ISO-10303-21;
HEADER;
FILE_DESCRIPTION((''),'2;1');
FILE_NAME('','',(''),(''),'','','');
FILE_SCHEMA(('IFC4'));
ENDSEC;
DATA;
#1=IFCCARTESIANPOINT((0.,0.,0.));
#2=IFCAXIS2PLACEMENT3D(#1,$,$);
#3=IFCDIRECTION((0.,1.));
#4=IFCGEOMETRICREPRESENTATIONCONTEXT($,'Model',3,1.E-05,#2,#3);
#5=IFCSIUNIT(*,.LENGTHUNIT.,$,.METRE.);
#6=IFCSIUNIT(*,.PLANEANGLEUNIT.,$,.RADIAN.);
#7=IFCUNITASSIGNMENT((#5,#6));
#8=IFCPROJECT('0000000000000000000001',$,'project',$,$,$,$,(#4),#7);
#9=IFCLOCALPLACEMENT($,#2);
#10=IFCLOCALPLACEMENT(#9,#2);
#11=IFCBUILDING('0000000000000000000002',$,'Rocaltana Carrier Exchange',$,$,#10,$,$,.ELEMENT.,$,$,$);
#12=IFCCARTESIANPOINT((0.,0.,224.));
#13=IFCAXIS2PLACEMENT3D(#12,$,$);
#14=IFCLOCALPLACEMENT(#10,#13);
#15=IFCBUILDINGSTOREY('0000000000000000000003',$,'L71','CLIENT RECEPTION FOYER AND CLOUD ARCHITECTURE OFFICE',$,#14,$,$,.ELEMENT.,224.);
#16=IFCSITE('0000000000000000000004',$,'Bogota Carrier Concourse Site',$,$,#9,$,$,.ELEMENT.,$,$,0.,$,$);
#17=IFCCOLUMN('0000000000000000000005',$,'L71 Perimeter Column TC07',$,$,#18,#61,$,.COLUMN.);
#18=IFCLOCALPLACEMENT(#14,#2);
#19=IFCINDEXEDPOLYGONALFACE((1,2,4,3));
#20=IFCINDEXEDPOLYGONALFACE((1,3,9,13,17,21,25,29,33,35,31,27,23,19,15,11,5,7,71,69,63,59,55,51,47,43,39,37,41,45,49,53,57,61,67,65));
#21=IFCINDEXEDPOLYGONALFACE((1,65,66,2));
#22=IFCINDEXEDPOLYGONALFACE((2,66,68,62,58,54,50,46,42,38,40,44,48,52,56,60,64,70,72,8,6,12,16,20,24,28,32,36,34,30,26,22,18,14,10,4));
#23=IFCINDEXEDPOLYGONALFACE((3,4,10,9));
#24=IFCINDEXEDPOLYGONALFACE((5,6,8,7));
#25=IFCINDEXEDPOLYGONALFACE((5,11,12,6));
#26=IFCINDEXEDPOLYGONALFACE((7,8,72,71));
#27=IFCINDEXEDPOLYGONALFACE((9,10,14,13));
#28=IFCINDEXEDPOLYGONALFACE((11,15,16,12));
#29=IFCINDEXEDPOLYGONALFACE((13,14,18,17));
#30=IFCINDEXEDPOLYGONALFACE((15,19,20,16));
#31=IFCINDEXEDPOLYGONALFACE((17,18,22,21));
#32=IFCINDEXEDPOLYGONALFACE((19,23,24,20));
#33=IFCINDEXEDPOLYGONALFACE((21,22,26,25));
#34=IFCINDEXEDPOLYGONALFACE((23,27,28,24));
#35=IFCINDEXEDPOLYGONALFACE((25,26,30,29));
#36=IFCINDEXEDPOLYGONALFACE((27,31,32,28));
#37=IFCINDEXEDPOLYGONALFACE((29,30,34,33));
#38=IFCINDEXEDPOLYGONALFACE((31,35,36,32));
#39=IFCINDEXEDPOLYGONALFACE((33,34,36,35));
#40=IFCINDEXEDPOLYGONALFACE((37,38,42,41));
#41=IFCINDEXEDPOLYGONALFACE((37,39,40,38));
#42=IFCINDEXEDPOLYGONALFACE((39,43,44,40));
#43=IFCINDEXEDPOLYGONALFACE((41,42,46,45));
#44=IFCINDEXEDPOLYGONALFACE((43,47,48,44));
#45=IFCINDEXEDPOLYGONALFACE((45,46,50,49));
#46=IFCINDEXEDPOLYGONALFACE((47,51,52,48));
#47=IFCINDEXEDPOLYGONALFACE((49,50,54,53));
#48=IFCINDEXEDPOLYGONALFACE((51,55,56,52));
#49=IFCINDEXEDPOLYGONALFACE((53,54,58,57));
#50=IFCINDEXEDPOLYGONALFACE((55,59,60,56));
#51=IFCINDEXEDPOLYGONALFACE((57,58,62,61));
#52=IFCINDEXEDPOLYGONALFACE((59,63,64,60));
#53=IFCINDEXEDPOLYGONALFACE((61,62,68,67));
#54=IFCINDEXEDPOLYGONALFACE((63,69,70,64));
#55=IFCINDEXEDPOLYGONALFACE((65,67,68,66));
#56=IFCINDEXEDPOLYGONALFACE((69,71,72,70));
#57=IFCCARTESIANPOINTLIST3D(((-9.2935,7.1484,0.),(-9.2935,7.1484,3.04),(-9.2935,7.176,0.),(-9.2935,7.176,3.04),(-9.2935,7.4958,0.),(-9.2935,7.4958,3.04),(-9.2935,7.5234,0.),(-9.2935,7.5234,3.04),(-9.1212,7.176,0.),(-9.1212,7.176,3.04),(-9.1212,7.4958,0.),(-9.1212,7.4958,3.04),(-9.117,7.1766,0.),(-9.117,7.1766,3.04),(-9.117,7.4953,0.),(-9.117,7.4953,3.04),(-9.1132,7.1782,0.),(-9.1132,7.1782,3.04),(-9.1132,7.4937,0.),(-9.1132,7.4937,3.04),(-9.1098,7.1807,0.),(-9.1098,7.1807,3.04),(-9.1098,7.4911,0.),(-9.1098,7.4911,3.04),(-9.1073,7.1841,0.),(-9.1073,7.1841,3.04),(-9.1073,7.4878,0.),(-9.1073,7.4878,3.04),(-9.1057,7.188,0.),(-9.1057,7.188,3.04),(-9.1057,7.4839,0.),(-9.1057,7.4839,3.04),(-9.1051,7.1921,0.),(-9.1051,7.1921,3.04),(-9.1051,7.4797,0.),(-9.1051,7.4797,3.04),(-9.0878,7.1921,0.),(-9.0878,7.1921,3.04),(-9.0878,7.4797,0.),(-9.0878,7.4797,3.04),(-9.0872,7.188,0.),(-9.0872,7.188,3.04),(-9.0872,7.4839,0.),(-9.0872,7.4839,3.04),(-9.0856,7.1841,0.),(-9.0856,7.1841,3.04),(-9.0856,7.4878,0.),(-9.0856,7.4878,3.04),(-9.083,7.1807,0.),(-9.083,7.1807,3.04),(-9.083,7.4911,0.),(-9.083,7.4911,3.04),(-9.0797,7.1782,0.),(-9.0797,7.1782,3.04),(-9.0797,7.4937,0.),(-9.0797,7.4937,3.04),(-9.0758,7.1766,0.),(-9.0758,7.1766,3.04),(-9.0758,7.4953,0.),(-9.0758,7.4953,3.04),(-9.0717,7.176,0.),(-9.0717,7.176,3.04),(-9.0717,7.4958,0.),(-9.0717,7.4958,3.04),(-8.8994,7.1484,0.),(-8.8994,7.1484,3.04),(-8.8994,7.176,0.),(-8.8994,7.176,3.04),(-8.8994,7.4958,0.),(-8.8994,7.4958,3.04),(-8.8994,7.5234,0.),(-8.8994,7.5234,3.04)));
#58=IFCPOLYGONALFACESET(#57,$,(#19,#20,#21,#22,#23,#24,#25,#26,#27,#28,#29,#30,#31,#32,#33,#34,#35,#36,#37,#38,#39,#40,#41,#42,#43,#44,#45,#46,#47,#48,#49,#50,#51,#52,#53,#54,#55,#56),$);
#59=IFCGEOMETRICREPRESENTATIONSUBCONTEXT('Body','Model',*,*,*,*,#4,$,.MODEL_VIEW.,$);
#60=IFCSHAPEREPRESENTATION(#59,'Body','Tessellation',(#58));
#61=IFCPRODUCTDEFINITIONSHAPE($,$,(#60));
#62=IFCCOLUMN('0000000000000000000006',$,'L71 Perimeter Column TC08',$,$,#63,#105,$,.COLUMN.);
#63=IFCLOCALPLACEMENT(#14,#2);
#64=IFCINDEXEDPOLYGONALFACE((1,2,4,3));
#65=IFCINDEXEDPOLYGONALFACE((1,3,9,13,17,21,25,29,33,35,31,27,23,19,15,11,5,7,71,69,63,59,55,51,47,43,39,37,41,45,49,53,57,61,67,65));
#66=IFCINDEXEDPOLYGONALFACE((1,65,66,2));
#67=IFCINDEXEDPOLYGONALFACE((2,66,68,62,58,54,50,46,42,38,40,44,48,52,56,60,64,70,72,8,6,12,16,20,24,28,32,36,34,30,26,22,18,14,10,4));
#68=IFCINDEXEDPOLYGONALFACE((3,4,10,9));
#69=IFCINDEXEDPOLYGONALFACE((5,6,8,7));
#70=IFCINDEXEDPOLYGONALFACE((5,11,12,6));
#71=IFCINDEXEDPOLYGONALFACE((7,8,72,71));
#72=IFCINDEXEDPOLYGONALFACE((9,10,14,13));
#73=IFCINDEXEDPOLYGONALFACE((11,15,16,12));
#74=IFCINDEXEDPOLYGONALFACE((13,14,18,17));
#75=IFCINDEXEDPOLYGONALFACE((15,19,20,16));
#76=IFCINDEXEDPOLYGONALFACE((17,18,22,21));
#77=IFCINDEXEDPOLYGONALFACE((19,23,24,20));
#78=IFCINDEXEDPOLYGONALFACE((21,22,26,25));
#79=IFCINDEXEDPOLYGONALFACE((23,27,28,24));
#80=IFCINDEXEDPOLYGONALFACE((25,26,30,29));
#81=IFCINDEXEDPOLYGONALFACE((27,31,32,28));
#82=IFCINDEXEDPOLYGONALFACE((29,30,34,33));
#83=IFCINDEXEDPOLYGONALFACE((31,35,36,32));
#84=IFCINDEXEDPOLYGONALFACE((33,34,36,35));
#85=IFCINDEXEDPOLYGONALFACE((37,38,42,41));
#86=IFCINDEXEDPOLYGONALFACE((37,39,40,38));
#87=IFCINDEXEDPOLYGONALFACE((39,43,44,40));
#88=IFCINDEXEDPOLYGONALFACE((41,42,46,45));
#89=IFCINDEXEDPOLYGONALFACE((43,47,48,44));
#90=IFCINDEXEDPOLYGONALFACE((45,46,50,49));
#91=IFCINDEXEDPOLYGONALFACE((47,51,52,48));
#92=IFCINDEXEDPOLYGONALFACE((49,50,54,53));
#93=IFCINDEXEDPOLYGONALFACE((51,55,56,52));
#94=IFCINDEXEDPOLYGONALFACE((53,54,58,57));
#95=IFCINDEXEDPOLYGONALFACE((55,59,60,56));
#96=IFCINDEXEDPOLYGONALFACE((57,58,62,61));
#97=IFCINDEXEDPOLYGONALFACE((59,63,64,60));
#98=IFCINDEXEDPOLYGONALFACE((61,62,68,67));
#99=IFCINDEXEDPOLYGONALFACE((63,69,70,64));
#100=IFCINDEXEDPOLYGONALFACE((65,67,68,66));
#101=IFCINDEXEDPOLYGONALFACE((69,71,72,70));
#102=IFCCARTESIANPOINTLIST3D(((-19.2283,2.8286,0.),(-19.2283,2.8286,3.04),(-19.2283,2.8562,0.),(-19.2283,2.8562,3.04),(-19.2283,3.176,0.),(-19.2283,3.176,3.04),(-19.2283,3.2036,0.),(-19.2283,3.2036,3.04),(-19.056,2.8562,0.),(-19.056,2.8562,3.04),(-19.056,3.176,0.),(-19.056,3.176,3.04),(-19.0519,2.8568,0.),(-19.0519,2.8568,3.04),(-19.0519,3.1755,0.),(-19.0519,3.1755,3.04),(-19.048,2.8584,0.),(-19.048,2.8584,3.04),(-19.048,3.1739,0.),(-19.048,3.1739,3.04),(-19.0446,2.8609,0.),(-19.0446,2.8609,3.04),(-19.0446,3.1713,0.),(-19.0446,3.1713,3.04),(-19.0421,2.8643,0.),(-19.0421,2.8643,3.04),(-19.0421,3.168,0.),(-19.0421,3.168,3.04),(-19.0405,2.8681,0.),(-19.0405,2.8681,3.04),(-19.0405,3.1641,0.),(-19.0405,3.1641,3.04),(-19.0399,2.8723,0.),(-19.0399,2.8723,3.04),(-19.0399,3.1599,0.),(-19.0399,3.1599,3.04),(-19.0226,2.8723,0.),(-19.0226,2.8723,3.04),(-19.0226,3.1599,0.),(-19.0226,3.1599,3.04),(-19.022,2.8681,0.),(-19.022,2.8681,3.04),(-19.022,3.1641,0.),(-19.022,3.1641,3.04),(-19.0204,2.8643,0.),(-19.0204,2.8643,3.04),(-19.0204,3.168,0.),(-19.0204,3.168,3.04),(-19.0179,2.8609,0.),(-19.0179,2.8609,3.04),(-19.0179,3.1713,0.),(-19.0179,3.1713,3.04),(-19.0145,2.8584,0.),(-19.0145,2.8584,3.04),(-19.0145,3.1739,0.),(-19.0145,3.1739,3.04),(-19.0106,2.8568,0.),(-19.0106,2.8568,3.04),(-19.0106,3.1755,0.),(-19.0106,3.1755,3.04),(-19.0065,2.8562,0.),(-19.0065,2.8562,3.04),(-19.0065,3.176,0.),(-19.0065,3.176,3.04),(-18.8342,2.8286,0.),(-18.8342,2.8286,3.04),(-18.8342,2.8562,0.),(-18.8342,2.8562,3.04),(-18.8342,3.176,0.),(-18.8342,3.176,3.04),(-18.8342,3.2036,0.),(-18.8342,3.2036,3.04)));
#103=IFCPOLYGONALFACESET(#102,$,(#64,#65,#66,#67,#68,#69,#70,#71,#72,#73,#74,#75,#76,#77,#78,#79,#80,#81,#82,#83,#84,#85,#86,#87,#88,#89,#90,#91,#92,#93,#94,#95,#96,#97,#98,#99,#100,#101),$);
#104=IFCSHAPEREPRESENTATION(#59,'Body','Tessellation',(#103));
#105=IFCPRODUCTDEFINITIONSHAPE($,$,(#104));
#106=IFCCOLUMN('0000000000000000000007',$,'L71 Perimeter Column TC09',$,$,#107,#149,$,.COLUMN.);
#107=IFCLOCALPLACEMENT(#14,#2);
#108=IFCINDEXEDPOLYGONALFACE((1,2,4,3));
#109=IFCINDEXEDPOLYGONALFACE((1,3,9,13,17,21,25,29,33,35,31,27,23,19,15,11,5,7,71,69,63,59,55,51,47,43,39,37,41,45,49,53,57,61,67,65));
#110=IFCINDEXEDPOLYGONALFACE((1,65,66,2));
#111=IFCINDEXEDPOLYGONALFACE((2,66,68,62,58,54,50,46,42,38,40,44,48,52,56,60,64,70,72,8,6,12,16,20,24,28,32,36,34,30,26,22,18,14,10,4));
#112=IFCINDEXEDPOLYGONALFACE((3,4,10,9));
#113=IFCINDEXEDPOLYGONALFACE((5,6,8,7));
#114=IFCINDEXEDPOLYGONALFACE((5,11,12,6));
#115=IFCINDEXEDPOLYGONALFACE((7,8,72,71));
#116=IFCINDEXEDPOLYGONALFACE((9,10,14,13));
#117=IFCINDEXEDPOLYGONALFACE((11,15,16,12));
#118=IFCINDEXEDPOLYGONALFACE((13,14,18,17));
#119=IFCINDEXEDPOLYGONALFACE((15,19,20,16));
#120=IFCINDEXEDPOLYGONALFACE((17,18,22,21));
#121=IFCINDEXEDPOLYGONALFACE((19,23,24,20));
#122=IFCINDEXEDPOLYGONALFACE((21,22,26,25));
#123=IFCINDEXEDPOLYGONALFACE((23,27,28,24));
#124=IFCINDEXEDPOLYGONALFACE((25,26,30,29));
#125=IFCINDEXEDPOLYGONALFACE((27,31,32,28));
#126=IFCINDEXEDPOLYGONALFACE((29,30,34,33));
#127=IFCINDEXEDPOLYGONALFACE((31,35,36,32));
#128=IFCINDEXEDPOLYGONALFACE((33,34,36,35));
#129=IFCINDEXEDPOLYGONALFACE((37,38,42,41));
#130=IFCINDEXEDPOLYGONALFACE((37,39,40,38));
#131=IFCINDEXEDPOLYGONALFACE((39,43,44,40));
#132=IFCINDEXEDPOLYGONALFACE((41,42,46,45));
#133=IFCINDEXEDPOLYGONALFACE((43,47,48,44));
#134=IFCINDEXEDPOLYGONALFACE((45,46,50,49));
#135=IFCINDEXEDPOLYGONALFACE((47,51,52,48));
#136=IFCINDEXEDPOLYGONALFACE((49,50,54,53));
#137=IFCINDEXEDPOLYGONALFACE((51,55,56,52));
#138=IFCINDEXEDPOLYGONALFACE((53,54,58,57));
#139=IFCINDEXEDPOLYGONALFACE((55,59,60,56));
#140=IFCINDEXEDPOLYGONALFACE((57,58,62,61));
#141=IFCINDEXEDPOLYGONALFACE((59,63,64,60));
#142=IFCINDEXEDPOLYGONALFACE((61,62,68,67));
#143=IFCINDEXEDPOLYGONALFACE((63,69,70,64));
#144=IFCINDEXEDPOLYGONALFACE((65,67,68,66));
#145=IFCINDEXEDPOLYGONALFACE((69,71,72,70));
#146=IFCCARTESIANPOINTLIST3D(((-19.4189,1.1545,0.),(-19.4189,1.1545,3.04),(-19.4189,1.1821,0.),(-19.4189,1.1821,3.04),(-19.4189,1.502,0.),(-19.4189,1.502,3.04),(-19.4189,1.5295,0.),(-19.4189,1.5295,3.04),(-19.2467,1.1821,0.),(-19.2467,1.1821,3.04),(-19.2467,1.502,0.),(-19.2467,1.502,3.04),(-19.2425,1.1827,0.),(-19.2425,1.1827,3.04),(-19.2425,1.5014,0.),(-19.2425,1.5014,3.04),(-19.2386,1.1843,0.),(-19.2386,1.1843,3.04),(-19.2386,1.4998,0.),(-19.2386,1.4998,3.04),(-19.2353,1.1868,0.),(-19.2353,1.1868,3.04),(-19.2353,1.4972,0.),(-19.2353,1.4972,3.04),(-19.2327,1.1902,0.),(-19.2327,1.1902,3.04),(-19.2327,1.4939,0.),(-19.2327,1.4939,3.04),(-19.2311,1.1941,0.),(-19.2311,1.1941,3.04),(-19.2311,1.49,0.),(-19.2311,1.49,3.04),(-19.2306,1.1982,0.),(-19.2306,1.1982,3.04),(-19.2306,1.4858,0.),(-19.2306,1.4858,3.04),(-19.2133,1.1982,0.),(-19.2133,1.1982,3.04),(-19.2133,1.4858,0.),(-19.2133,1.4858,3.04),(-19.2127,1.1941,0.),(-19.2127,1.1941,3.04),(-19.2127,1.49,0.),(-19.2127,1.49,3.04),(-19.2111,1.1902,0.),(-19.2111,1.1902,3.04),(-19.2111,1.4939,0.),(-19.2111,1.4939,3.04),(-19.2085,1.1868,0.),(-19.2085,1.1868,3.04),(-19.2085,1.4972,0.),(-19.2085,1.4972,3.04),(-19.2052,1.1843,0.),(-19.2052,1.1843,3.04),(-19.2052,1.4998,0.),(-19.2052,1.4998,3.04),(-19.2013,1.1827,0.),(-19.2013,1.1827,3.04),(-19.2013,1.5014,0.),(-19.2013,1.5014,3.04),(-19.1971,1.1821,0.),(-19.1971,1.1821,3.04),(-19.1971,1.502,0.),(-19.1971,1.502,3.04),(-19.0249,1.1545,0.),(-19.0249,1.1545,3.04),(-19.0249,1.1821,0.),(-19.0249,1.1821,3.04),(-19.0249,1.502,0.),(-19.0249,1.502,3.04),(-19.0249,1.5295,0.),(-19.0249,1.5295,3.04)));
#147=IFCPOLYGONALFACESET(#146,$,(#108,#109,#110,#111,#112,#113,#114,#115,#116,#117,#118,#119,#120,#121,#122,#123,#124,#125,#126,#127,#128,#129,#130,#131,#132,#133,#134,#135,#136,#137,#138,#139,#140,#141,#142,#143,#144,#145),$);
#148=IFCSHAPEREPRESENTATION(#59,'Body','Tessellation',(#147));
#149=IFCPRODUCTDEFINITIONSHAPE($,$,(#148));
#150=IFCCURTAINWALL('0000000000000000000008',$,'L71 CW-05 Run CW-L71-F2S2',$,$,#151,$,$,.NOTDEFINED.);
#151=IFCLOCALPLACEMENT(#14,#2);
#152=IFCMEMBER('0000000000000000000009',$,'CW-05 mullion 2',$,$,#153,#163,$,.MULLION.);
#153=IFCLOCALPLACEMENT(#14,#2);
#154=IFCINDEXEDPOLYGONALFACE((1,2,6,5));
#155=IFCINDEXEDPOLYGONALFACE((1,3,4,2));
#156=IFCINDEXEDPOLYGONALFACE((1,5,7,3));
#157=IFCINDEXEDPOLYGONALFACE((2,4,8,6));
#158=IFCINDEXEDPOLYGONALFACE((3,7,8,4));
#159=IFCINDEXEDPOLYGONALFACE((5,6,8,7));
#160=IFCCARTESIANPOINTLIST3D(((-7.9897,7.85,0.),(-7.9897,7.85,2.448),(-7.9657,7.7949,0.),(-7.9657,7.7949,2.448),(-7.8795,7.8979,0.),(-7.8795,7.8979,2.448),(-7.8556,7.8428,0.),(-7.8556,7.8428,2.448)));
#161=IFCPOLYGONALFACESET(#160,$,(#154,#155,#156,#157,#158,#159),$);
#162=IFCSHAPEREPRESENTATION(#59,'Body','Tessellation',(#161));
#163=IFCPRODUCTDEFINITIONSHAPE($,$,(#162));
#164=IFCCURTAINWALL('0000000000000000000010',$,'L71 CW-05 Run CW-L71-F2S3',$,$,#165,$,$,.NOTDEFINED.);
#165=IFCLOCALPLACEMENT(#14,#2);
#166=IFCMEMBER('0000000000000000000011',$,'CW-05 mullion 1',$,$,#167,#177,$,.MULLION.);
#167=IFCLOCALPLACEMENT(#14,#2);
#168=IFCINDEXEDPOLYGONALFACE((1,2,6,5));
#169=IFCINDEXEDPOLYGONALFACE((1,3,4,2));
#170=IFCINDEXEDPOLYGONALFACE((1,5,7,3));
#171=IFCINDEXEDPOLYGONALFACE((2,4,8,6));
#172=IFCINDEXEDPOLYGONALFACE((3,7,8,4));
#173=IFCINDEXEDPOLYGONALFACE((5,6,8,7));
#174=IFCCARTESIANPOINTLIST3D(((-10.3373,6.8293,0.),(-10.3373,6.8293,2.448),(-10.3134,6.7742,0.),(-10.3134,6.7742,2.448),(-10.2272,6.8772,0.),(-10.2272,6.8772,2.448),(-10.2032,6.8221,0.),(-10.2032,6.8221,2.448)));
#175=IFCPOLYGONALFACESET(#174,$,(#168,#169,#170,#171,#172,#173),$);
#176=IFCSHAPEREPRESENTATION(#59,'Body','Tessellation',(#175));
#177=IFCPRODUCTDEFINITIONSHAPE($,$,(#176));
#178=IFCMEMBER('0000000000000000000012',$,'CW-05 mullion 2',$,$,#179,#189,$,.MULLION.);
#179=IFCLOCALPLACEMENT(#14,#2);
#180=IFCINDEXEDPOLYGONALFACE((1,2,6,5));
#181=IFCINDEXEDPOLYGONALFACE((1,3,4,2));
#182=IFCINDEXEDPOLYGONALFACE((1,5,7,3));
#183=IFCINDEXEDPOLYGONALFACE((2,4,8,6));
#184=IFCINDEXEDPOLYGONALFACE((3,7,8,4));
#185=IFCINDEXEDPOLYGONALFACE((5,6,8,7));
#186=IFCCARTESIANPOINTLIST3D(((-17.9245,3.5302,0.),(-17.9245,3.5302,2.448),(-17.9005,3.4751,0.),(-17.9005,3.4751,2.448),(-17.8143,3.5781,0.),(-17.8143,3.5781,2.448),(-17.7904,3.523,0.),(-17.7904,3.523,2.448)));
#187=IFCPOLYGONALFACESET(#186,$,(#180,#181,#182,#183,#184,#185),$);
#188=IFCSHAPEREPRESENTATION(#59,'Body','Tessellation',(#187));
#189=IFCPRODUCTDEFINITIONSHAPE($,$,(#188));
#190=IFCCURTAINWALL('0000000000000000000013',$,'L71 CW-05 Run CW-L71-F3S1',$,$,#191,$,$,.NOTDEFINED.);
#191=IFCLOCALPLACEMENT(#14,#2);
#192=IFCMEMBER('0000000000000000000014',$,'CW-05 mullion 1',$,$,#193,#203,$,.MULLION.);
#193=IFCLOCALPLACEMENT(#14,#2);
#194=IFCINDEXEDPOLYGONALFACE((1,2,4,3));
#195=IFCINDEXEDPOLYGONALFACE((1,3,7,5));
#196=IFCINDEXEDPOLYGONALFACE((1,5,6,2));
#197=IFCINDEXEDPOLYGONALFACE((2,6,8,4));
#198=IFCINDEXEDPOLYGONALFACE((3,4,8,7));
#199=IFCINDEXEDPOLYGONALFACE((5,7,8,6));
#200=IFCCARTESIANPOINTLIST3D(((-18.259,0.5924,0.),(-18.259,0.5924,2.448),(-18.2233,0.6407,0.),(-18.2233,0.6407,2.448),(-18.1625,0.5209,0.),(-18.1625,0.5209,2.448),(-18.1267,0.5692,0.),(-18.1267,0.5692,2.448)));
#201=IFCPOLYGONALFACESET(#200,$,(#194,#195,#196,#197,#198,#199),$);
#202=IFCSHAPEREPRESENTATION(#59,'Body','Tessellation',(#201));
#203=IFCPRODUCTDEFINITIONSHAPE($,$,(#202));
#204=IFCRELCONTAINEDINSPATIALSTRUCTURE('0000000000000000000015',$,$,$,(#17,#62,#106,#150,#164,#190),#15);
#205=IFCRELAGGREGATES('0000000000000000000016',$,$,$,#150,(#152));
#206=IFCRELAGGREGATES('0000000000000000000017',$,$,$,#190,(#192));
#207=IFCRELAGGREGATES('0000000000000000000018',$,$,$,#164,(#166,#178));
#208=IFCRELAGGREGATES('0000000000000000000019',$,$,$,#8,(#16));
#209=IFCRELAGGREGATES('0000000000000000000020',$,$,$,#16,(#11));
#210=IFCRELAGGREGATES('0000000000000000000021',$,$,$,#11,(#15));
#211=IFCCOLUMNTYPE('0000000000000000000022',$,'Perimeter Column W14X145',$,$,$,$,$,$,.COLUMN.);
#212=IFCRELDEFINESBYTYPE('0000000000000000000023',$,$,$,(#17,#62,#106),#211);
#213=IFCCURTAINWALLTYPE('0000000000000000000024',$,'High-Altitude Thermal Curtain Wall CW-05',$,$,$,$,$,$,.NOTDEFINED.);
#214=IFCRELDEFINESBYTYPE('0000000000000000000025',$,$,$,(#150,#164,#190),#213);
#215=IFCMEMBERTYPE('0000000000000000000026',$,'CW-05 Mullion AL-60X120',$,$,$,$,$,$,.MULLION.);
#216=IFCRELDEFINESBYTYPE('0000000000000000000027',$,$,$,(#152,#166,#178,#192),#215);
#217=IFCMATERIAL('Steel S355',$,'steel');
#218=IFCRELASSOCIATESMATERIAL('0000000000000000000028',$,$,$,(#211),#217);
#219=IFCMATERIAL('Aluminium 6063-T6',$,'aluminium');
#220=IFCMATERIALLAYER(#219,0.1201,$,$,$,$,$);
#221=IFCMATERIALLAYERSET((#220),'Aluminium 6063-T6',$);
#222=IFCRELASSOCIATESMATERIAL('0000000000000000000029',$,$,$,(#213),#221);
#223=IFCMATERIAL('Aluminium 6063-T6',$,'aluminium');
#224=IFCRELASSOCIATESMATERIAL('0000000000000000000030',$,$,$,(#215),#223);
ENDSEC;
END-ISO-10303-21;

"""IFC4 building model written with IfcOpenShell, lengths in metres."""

from ifc_helpers import new_model, si_unit, direction, frame, origin, origin_2d, place, context, subcontext, project, spatial, rectangle, i_section, extrude, material, layer, layer_set, material_profile, profile_set, type_object, element, aggregate, save


model = new_model("IFC4")

# Units and contexts
model_context = context("Model", 3, precision=1e-05, world=origin(), true_north=direction((0.0, 1.0)))
body_context = subcontext(model_context, "Body", "Model", "MODEL_VIEW")
ifc_project = project(units=[si_unit("LENGTHUNIT", "METRE"), si_unit("PLANEANGLEUNIT", "RADIAN")], contexts=[model_context])

# Site, building, storey
site_placement = place(None, origin())
site = spatial("IfcSite", under=ifc_project, at=site_placement, Name="Bogota Carrier Concourse Site", CompositionType="ELEMENT", RefElevation=0.0)
building_placement = place(site_placement, origin())
building = spatial("IfcBuilding", under=site, at=building_placement, Name="Rocaltana Carrier Exchange", CompositionType="ELEMENT")
storey_placement = place(building_placement, frame((0.0, 0.0, 224.0)))
storey = spatial("IfcBuildingStorey", under=building, at=storey_placement, Name="L71", Description="CLIENT RECEPTION FOYER AND CLOUD ARCHITECTURE OFFICE", CompositionType="ELEMENT", Elevation=224.0)

# Columns
ifc_material_1 = material(Name="Steel S355", Category="steel")
ifc_material_profile_1 = material_profile(ifc_material_1, i_section(OverallWidth=0.394, OverallDepth=0.375, WebThickness=0.0173, FlangeThickness=0.0276, FilletRadius=0.0161, at=origin_2d()), Name="W14X145")
ifc_profile_set_1 = profile_set([ifc_material_profile_1], Name="Steel S355")
column_type = type_object("IfcColumnType", Name="Perimeter Column W14X145", PredefinedType="COLUMN", material=ifc_profile_set_1)
for number, where, z_axis, x_axis, name in (
    (1, (-9.0964, 7.3359, 0.0), (0.0, 0.0, 1.0), (1.0, 0.0, 0.0), "L71 Perimeter Column TC07"),
    (2, (-19.0312, 3.0161, 0.0), (0.0, 0.0, 1.0), (1.0, 0.0, 0.0), "L71 Perimeter Column TC08"),
    (3, (-19.2219, 1.342, 0.0), (0.0, 0.0, 1.0), (1.0, 0.0, 0.0), "L71 Perimeter Column TC09"),
):
    element("IfcColumn", number, at=place(storey_placement, frame(where, z_axis=z_axis, x_axis=x_axis)), inside=storey, type_object=column_type, Name=name, PredefinedType="COLUMN", context=body_context, shape_type="SweptSolid", body=[
        extrude(i_section(OverallWidth=0.394, OverallDepth=0.375, WebThickness=0.0173, FlangeThickness=0.0276, FilletRadius=0.0161, at=origin_2d()), origin(), (0.0, 0.0, 1.0), 3.04),
    ])

# Curtain wall, member
ifc_material_2 = material(Name="Aluminium 6063-T6", Category="aluminium")
ifc_layer_1 = layer(ifc_material_2, 0.1201)
ifc_layer_set_1 = layer_set([ifc_layer_1], Name="Aluminium 6063-T6")
curtain_wall_type = type_object("IfcCurtainWallType", Name="High-Altitude Thermal Curtain Wall CW-05", PredefinedType="NOTDEFINED", material=ifc_layer_set_1)
curtain_wall_1_placement = place(storey_placement, origin())
curtain_wall_1 = element("IfcCurtainWall", 4, at=curtain_wall_1_placement, inside=storey, type_object=curtain_wall_type, Name="L71 CW-05 Run CW-L71-F2S2", PredefinedType="NOTDEFINED")
ifc_material_3 = material(Name="Aluminium 6063-T6", Category="aluminium")
ifc_material_profile_2 = material_profile(ifc_material_3, rectangle(XDim=0.0601, YDim=0.1201, at=origin_2d()), Name="AL-60X120")
ifc_profile_set_2 = profile_set([ifc_material_profile_2], Name="Aluminium 6063-T6")
member_type_1 = type_object("IfcMemberType", Name="CW-05 Mullion AL-60X120", PredefinedType="MULLION", material=ifc_profile_set_2)
member_1_placement = place(storey_placement, frame((-7.9226, 7.8464, 0.0), z_axis=(0.0, 0.0, 1.0), x_axis=(0.398752, -0.917059, 0.0)))
member_1 = element("IfcMember", 5, at=member_1_placement, type_object=member_type_1, Name="CW-05 mullion 2", PredefinedType="MULLION", context=body_context, shape_type="SweptSolid", body=[
    extrude(rectangle(XDim=0.0601, YDim=0.1201, at=origin_2d()), origin(), (0.0, 0.0, 1.0), 2.448),
])
aggregate(curtain_wall_1, [member_1])

# Curtain wall, members
curtain_wall_2_placement = place(storey_placement, origin())
curtain_wall_2 = element("IfcCurtainWall", 6, at=curtain_wall_2_placement, inside=storey, type_object=curtain_wall_type, Name="L71 CW-05 Run CW-L71-F2S3", PredefinedType="NOTDEFINED")
member_2_placement = place(storey_placement, frame((-10.2703, 6.8257, 0.0), z_axis=(0.0, 0.0, 1.0), x_axis=(0.398757, -0.917057, 0.0)))
member_2 = element("IfcMember", 7, at=member_2_placement, type_object=member_type_1, Name="CW-05 mullion 1", PredefinedType="MULLION", context=body_context, shape_type="SweptSolid", body=[
    extrude(rectangle(XDim=0.0601, YDim=0.1201, at=origin_2d()), origin(), (0.0, 0.0, 1.0), 2.448),
])
member_3_placement = place(storey_placement, frame((-17.8574, 3.5266, 0.0), z_axis=(0.0, 0.0, 1.0), x_axis=(0.398757, -0.917057, 0.0)))
member_3 = element("IfcMember", 8, at=member_3_placement, type_object=member_type_1, Name="CW-05 mullion 2", PredefinedType="MULLION", context=body_context, shape_type="SweptSolid", body=[
    extrude(rectangle(XDim=0.0601, YDim=0.1201, at=origin_2d()), origin(), (0.0, 0.0, 1.0), 2.448),
])

# Curtain wall, member
curtain_wall_3_placement = place(storey_placement, origin())
curtain_wall_3 = element("IfcCurtainWall", 9, at=curtain_wall_3_placement, inside=storey, type_object=curtain_wall_type, Name="L71 CW-05 Run CW-L71-F3S1", PredefinedType="NOTDEFINED")
member_4_placement = place(storey_placement, frame((-18.1929, 0.5808, 0.0), z_axis=(0.0, 0.0, 1.0), x_axis=(0.594827, 0.803854, 0.0)))
member_4 = element("IfcMember", 10, at=member_4_placement, type_object=member_type_1, Name="CW-05 mullion 1", PredefinedType="MULLION", context=body_context, shape_type="SweptSolid", body=[
    extrude(rectangle(XDim=0.0601, YDim=0.1201, at=origin_2d()), origin(), (0.0, 0.0, 1.0), 2.448),
])

aggregate(curtain_wall_3, [member_4])

aggregate(curtain_wall_2, [member_2, member_3])

save(model, "model.ifc")
